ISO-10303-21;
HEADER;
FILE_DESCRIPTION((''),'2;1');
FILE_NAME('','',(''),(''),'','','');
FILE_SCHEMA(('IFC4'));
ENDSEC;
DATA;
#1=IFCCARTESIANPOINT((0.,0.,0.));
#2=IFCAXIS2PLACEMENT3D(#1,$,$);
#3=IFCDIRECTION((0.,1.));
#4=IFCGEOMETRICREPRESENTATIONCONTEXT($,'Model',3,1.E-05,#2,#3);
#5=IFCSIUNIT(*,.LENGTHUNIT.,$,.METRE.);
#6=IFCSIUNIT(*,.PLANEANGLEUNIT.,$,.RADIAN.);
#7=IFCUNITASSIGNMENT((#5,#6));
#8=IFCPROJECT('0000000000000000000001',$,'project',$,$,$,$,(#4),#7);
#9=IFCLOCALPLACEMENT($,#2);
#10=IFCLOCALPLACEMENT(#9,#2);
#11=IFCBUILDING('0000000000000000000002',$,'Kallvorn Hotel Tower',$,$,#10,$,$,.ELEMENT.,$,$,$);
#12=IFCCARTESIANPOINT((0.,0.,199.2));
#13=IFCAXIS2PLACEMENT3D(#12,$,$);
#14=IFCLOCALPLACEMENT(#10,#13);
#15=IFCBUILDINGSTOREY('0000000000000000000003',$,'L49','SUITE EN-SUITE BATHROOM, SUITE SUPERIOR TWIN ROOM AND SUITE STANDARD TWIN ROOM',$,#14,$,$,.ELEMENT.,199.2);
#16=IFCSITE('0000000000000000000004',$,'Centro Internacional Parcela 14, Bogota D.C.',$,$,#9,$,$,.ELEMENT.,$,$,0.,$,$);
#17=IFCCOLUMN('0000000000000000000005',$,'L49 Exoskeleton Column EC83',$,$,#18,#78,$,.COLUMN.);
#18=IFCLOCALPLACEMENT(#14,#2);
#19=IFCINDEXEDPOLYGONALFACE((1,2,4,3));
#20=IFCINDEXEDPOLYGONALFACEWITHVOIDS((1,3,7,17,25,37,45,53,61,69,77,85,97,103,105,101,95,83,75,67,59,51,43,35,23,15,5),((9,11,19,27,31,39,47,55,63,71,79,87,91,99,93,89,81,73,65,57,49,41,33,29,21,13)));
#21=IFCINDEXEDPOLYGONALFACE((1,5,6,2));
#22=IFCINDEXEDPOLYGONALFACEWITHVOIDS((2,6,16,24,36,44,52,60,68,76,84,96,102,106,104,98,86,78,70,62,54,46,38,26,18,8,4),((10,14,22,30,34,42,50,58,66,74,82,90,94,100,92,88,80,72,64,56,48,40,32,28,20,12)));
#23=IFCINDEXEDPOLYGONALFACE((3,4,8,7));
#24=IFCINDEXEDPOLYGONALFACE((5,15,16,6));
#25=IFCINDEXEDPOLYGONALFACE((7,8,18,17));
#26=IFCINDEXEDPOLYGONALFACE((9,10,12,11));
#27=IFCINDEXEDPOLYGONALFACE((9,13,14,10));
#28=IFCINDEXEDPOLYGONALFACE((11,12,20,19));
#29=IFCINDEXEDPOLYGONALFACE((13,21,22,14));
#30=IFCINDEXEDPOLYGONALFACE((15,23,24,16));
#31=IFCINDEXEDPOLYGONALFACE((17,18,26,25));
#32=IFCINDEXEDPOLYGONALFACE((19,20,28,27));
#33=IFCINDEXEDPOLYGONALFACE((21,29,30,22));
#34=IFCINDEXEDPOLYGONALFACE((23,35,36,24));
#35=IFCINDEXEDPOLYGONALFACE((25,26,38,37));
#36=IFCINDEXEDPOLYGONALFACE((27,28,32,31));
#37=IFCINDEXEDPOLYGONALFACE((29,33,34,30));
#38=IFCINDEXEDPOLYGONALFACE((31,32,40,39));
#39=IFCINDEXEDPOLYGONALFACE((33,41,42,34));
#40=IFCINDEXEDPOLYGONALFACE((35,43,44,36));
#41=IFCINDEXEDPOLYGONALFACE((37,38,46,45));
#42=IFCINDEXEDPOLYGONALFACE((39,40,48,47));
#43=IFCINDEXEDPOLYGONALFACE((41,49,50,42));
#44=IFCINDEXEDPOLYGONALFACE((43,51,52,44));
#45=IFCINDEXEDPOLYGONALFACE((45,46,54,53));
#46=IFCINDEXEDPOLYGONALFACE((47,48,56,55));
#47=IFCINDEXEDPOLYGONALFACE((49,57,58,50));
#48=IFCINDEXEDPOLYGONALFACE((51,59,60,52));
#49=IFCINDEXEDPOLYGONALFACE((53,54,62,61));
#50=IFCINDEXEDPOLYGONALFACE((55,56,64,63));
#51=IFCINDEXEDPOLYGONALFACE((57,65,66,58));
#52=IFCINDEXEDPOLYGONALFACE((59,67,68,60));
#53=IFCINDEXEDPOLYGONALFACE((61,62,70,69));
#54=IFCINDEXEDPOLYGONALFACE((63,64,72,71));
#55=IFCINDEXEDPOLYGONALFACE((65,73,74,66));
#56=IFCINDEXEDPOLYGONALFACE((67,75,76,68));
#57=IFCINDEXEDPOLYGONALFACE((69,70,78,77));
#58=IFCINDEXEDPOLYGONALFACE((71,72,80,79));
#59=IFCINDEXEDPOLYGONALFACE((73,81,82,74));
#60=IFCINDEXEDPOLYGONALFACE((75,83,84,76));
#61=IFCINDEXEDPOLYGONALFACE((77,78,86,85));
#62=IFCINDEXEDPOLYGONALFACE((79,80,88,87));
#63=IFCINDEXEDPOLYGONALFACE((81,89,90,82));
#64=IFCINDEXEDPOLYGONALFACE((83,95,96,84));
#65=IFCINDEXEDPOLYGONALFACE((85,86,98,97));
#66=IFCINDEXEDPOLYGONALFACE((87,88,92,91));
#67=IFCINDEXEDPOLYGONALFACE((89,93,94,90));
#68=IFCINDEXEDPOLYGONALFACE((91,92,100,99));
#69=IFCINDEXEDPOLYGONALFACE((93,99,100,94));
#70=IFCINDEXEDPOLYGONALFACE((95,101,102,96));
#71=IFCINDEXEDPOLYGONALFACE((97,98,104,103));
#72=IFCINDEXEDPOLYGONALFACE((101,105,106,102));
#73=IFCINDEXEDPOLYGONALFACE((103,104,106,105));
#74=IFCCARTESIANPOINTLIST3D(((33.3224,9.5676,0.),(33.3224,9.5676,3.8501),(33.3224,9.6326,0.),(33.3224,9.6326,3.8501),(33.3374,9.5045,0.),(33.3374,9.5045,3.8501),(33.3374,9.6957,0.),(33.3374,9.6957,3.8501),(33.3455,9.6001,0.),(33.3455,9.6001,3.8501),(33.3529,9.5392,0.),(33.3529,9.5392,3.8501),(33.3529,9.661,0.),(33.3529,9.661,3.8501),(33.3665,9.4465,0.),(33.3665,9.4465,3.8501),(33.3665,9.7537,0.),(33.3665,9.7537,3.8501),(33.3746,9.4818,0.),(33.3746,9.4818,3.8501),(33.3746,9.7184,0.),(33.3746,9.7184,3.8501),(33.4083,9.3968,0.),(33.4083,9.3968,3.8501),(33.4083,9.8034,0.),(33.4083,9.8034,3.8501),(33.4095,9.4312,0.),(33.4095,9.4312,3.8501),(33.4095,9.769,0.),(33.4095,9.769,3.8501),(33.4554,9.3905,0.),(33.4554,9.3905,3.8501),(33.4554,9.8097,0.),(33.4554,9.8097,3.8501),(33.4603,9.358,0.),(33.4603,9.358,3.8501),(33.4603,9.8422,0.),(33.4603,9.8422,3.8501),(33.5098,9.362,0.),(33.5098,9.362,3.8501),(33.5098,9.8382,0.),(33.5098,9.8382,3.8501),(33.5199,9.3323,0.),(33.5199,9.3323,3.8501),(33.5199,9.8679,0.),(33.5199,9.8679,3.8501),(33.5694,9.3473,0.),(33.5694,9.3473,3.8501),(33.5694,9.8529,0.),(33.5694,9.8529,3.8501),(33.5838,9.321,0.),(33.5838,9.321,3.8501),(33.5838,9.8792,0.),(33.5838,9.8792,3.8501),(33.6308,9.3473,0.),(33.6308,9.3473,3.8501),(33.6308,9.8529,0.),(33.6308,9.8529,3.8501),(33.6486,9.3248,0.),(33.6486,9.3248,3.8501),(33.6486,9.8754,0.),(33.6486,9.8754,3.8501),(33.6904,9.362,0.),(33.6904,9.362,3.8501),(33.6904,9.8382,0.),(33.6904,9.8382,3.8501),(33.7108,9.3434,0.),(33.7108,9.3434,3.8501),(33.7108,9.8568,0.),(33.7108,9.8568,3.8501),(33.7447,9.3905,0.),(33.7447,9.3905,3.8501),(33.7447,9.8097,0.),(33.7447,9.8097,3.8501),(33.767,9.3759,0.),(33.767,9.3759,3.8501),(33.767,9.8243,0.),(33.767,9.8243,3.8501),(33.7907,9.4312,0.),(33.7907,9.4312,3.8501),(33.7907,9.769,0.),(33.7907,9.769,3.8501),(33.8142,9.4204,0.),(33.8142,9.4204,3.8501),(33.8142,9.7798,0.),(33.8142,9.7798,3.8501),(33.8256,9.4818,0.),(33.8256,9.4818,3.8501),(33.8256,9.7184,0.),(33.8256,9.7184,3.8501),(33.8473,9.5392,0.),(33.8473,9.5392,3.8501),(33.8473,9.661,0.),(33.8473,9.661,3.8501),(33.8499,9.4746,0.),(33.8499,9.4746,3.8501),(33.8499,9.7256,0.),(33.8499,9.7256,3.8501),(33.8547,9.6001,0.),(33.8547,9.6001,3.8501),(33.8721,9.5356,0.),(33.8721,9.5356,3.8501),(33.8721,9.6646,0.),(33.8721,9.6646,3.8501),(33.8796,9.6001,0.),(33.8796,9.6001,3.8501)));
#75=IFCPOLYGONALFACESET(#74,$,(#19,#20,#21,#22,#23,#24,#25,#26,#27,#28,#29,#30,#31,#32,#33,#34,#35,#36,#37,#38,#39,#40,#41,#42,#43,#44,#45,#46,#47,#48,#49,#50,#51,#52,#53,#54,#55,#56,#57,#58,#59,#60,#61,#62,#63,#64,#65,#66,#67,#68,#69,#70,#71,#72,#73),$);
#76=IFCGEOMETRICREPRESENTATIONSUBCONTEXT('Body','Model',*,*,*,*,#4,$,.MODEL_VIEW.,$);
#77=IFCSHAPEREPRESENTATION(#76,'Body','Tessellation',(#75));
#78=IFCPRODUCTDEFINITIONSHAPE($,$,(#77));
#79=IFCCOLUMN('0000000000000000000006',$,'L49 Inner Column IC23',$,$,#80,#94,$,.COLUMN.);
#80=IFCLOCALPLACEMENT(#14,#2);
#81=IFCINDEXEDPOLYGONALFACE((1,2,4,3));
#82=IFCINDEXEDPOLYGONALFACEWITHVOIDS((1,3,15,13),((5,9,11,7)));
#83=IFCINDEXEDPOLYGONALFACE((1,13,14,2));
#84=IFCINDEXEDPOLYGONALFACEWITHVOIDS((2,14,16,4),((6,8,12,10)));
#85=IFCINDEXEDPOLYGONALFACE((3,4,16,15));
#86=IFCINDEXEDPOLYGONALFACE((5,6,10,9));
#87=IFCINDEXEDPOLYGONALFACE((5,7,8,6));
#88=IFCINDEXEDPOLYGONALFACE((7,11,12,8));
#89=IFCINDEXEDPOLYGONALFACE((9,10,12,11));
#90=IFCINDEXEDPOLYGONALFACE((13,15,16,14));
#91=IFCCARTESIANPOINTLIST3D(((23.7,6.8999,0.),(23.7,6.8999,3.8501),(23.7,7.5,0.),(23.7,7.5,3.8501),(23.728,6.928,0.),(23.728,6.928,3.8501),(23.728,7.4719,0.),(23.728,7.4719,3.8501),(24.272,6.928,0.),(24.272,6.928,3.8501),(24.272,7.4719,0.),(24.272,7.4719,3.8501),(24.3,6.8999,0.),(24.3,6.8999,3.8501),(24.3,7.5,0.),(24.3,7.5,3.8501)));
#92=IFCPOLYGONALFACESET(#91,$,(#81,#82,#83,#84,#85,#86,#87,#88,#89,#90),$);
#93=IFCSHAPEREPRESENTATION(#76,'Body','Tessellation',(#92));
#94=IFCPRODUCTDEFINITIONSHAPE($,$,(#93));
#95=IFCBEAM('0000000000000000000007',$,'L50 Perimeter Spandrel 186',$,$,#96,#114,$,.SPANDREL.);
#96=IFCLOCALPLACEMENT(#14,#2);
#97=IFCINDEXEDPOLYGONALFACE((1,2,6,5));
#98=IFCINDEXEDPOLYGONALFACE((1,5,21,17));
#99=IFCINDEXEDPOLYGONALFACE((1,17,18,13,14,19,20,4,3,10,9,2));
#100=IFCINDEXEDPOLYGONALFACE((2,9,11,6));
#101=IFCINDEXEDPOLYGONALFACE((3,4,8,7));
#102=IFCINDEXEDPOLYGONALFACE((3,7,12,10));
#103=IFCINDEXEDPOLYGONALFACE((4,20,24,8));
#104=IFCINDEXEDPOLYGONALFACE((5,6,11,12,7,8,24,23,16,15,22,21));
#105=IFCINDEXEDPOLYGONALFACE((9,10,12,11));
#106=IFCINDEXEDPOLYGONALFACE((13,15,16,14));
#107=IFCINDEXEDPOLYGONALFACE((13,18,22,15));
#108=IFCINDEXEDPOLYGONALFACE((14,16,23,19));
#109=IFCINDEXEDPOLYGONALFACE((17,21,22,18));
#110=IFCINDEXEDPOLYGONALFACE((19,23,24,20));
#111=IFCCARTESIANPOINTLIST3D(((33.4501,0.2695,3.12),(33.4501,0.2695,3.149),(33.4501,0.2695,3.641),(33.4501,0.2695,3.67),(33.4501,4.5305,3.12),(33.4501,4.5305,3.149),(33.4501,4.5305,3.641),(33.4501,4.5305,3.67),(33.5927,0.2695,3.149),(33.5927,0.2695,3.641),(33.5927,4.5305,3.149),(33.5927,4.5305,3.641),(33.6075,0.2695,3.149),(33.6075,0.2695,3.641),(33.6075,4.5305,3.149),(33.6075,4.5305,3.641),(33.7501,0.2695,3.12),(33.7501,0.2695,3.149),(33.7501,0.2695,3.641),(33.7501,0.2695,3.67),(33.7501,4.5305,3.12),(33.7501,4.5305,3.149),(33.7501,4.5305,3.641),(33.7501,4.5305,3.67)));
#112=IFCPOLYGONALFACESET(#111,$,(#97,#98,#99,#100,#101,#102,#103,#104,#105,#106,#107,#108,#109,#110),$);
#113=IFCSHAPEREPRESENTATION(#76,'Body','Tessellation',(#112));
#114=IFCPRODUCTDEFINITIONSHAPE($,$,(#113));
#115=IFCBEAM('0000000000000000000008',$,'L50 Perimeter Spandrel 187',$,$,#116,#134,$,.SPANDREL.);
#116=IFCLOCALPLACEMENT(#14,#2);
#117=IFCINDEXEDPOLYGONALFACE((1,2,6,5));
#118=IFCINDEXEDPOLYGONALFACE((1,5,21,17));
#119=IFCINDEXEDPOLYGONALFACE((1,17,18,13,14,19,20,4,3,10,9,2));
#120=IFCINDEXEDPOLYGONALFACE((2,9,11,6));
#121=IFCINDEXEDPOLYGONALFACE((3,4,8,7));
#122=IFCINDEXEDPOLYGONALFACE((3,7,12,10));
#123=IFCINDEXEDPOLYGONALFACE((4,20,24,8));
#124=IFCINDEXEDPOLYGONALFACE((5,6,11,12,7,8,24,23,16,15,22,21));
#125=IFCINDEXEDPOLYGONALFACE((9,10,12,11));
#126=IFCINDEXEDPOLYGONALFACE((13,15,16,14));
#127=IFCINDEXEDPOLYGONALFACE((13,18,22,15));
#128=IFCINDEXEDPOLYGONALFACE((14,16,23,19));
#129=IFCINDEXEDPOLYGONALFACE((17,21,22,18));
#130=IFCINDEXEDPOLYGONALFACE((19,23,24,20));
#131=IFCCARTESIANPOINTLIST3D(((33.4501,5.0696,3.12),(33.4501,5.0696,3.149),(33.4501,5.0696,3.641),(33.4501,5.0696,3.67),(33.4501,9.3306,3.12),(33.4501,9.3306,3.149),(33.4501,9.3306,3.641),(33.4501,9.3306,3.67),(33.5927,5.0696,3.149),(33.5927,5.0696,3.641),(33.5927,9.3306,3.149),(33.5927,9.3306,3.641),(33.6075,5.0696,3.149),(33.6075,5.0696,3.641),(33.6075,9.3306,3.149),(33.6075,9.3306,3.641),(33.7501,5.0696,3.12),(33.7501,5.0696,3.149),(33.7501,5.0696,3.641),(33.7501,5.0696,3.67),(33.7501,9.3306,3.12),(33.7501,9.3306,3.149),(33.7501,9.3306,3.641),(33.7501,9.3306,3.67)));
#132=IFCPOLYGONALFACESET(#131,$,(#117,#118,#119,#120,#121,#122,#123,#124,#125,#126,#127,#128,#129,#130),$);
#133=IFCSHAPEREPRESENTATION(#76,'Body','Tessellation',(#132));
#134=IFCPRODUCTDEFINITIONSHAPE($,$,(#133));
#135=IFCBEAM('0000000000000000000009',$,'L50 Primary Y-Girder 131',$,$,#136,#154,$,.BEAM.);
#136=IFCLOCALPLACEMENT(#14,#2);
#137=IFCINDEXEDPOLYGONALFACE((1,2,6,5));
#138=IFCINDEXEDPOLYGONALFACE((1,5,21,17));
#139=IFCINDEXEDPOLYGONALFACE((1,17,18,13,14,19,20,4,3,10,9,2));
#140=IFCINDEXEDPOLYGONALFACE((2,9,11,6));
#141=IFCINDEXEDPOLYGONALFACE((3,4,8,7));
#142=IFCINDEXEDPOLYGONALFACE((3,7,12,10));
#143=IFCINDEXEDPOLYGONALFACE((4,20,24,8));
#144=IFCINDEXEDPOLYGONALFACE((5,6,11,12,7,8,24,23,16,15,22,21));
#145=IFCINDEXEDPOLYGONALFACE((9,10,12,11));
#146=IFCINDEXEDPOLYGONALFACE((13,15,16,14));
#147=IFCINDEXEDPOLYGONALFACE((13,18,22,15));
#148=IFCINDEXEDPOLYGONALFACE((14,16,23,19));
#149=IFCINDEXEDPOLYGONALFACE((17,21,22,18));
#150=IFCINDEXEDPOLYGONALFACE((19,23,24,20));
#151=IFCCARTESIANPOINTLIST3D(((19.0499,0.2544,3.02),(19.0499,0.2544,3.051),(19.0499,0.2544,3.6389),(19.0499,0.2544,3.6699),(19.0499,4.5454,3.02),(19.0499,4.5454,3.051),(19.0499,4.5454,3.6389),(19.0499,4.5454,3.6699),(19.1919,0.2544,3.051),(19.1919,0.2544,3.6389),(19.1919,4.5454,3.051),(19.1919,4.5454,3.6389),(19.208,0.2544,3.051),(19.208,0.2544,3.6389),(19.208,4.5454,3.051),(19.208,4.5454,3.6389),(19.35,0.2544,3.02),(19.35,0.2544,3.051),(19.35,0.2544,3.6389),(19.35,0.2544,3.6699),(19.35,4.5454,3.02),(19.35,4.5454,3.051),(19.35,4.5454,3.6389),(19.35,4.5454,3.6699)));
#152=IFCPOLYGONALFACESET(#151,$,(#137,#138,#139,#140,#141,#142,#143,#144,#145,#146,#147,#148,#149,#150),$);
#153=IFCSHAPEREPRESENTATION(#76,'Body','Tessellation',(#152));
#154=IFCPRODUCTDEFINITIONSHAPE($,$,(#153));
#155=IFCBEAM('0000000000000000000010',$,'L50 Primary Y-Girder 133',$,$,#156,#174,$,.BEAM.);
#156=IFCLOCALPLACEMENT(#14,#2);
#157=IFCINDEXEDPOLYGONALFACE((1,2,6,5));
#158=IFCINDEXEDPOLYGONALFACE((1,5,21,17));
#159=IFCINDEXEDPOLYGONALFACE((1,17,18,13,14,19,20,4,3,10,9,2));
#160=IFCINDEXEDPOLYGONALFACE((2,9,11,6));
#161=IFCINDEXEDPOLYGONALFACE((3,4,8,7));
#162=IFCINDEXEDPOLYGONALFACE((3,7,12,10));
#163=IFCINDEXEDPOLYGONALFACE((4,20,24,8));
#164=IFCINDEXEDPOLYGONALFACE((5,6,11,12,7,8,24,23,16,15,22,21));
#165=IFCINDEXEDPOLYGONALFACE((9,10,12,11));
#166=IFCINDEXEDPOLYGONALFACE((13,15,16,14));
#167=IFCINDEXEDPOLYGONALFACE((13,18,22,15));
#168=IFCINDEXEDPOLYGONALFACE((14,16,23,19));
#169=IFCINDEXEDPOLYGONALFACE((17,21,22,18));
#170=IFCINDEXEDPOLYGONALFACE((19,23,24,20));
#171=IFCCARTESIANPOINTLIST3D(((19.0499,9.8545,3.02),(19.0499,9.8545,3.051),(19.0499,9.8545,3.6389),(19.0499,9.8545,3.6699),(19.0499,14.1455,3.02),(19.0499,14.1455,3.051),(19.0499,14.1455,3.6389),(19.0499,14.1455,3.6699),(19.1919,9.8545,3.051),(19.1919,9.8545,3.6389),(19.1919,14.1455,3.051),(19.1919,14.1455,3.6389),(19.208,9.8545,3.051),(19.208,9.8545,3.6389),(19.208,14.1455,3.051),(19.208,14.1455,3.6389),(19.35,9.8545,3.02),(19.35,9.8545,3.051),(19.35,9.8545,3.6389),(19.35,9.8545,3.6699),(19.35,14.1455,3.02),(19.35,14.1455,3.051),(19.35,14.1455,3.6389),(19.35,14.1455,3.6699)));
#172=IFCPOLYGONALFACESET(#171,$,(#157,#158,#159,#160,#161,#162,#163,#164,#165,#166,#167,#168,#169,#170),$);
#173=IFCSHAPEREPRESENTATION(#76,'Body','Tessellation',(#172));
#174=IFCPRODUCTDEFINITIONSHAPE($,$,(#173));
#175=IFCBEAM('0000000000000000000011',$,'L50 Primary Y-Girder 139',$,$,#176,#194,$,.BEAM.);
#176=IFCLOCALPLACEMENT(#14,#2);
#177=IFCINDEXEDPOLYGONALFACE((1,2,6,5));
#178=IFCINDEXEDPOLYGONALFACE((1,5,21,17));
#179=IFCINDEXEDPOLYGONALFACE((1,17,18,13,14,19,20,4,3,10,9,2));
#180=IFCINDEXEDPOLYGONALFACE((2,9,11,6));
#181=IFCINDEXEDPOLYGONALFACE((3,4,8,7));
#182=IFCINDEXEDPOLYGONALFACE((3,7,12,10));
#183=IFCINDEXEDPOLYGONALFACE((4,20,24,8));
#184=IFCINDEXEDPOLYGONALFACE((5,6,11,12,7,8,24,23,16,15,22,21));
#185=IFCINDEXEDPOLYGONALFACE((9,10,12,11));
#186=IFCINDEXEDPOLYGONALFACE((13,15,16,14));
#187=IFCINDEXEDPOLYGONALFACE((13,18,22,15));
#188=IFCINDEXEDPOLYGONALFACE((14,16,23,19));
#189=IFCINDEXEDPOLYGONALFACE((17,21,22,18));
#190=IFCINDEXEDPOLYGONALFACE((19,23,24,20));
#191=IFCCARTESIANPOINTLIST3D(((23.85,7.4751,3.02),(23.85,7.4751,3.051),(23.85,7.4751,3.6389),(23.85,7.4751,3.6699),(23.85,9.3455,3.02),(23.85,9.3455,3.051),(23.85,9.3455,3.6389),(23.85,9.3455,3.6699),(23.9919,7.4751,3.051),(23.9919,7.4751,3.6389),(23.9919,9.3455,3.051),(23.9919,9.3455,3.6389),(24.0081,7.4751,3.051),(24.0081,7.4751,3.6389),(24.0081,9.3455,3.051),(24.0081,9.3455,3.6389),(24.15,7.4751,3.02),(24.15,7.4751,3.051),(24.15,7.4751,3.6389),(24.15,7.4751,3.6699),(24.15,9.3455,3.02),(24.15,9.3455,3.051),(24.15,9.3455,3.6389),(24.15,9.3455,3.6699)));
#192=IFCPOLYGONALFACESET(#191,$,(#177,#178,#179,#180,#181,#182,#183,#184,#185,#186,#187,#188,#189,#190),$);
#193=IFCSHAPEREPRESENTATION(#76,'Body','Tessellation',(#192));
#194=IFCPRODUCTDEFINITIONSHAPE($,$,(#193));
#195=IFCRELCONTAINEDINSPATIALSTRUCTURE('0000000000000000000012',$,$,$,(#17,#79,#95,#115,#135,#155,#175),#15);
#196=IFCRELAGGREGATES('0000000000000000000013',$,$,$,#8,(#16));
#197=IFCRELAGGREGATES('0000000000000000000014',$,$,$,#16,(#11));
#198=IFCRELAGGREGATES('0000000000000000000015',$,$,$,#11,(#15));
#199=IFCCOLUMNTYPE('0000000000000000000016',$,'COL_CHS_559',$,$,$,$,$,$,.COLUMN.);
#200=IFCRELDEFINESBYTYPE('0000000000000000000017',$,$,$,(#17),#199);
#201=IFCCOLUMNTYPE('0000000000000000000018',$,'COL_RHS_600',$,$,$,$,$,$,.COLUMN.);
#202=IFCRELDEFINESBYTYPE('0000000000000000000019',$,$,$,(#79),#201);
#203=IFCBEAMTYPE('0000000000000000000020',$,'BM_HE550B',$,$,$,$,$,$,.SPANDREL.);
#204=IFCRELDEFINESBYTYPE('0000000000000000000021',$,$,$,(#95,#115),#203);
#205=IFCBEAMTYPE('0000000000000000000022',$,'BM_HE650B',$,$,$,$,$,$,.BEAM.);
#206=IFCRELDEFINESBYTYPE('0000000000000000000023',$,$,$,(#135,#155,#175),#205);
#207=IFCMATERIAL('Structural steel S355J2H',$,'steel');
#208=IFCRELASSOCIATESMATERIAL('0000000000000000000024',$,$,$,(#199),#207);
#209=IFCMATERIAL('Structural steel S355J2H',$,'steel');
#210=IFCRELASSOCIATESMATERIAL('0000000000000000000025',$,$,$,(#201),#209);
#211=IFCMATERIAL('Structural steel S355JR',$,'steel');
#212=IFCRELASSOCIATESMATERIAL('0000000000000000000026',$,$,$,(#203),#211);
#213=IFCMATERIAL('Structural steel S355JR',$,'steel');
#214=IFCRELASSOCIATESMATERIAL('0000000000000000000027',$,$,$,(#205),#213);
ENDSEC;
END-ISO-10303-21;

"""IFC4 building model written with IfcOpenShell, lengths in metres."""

from ifc_helpers import new_model, si_unit, direction, frame, origin, origin_2d, place, context, subcontext, project, spatial, hollow_rectangle, hollow_circle, i_section, extrude, material, material_profile, profile_set, type_object, element, save


model = new_model("IFC4")

# Units and contexts
model_context = context("Model", 3, precision=1e-05, world=origin(), true_north=direction((0.0, 1.0)))
body_context = subcontext(model_context, "Body", "Model", "MODEL_VIEW")
ifc_project = project(units=[si_unit("LENGTHUNIT", "METRE"), si_unit("PLANEANGLEUNIT", "RADIAN")], contexts=[model_context])

# Site, building, storey
site_placement = place(None, origin())
site = spatial("IfcSite", under=ifc_project, at=site_placement, Name="Centro Internacional Parcela 14, Bogota D.C.", CompositionType="ELEMENT", RefElevation=0.0)
building_placement = place(site_placement, origin())
building = spatial("IfcBuilding", under=site, at=building_placement, Name="Kallvorn Hotel Tower", CompositionType="ELEMENT")
storey_placement = place(building_placement, frame((0.0, 0.0, 199.2)))
storey = spatial("IfcBuildingStorey", under=building, at=storey_placement, Name="L49", Description="SUITE EN-SUITE BATHROOM, SUITE SUPERIOR TWIN ROOM AND SUITE STANDARD TWIN ROOM", CompositionType="ELEMENT", Elevation=199.2)

# Columns
ifc_material_1 = material(Name="Structural steel S355J2H", Category="steel")
ifc_material_profile_1 = material_profile(ifc_material_1, hollow_circle(Radius=0.2795, WallThickness=0.0249, at=origin_2d()), Name="CHS 559x25")
ifc_profile_set_1 = profile_set([ifc_material_profile_1], Name="Structural steel S355J2H")
column_type_1 = type_object("IfcColumnType", Name="COL_CHS_559", PredefinedType="COLUMN", material=ifc_profile_set_1)
for number, where, z_axis, x_axis, name in (
    (1, (33.6001, 9.6001, 0.0), (0.0, 0.0, 1.0), (1.0, 0.0, 0.0), "L49 Exoskeleton Column EC83"),
):
    element("IfcColumn", number, at=place(storey_placement, frame(where, z_axis=z_axis, x_axis=x_axis)), inside=storey, type_object=column_type_1, Name=name, PredefinedType="COLUMN", context=body_context, shape_type="SweptSolid", body=[
        extrude(hollow_circle(Radius=0.2795, WallThickness=0.0249, at=origin_2d()), origin(), (0.0, 0.0, 1.0), 3.8501),
    ])
ifc_material_2 = material(Name="Structural steel S355J2H", Category="steel")
ifc_material_profile_2 = material_profile(ifc_material_2, hollow_rectangle(XDim=0.6001, YDim=0.6001, WallThickness=0.0281, at=origin_2d()), Name="RHS 600x600x28")
ifc_profile_set_2 = profile_set([ifc_material_profile_2], Name="Structural steel S355J2H")
column_type_2 = type_object("IfcColumnType", Name="COL_RHS_600", PredefinedType="COLUMN", material=ifc_profile_set_2)
column_placement = place(storey_placement, frame((24.0, 7.2, 0.0), z_axis=(0.0, 0.0, 1.0), x_axis=(1.0, 0.0, 0.0)))
element("IfcColumn", 2, at=column_placement, inside=storey, type_object=column_type_2, Name="L49 Inner Column IC23", PredefinedType="COLUMN", context=body_context, shape_type="SweptSolid", body=[
    extrude(hollow_rectangle(XDim=0.6001, YDim=0.6001, WallThickness=0.0281, at=origin_2d()), origin(), (0.0, 0.0, 1.0), 3.8501),
])

# Beams
ifc_material_3 = material(Name="Structural steel S355JR", Category="steel")
ifc_material_profile_3 = material_profile(ifc_material_3, i_section(OverallWidth=0.3, OverallDepth=0.55, WebThickness=0.0149, FlangeThickness=0.0291, at=origin_2d()), Name="HE 550 B")
ifc_profile_set_3 = profile_set([ifc_material_profile_3], Name="Structural steel S355JR")
beam_type_1 = type_object("IfcBeamType", Name="BM_HE550B", PredefinedType="SPANDREL", material=ifc_profile_set_3)
for number, where, z_axis, x_axis, name in (
    (3, (33.6001, 0.2695, 3.395), (0.0, 1.0, 0.0), (-1.0, 0.0, 0.0), "L50 Perimeter Spandrel 186"),
    (4, (33.6001, 5.0696, 3.395), (0.0, 1.0, 0.0), (-1.0, 0.0, 0.0), "L50 Perimeter Spandrel 187"),
):
    element("IfcBeam", number, at=place(storey_placement, frame(where, z_axis=z_axis, x_axis=x_axis)), inside=storey, type_object=beam_type_1, Name=name, PredefinedType="SPANDREL", context=body_context, shape_type="SweptSolid", body=[
        extrude(i_section(OverallWidth=0.3, OverallDepth=0.55, WebThickness=0.0149, FlangeThickness=0.0291, at=origin_2d()), origin(), (0.0, 0.0, 1.0), 4.261),
    ])
ifc_material_4 = material(Name="Structural steel S355JR", Category="steel")
ifc_material_profile_4 = material_profile(ifc_material_4, i_section(OverallWidth=0.3, OverallDepth=0.6499, WebThickness=0.0161, FlangeThickness=0.031, at=origin_2d()), Name="HE 650 B")
ifc_profile_set_4 = profile_set([ifc_material_profile_4], Name="Structural steel S355JR")
beam_type_2 = type_object("IfcBeamType", Name="BM_HE650B", PredefinedType="BEAM", material=ifc_profile_set_4)
for number, where, z_axis, x_axis, name in (
    (5, (19.2, 0.2544, 3.345), (0.0, 1.0, 0.0), (-1.0, 0.0, 0.0), "L50 Primary Y-Girder 131"),
    (6, (19.2, 9.8545, 3.345), (0.0, 1.0, 0.0), (-1.0, 0.0, 0.0), "L50 Primary Y-Girder 133"),
):
    element("IfcBeam", number, at=place(storey_placement, frame(where, z_axis=z_axis, x_axis=x_axis)), inside=storey, type_object=beam_type_2, Name=name, PredefinedType="BEAM", context=body_context, shape_type="SweptSolid", body=[
        extrude(i_section(OverallWidth=0.3, OverallDepth=0.6499, WebThickness=0.0161, FlangeThickness=0.031, at=origin_2d()), origin(), (0.0, 0.0, 1.0), 4.291),
    ])
beam_1_placement = place(storey_placement, frame((24.0, 7.4751, 3.345), z_axis=(0.0, 1.0, 0.0), x_axis=(-1.0, 0.0, 0.0)))
element("IfcBeam", 7, at=beam_1_placement, inside=storey, type_object=beam_type_2, Name="L50 Primary Y-Girder 139", PredefinedType="BEAM", context=body_context, shape_type="SweptSolid", body=[
    extrude(i_section(OverallWidth=0.3, OverallDepth=0.6499, WebThickness=0.0161, FlangeThickness=0.031, at=origin_2d()), origin(), (0.0, 0.0, 1.0), 1.8704),
])

save(model, "model.ifc")
